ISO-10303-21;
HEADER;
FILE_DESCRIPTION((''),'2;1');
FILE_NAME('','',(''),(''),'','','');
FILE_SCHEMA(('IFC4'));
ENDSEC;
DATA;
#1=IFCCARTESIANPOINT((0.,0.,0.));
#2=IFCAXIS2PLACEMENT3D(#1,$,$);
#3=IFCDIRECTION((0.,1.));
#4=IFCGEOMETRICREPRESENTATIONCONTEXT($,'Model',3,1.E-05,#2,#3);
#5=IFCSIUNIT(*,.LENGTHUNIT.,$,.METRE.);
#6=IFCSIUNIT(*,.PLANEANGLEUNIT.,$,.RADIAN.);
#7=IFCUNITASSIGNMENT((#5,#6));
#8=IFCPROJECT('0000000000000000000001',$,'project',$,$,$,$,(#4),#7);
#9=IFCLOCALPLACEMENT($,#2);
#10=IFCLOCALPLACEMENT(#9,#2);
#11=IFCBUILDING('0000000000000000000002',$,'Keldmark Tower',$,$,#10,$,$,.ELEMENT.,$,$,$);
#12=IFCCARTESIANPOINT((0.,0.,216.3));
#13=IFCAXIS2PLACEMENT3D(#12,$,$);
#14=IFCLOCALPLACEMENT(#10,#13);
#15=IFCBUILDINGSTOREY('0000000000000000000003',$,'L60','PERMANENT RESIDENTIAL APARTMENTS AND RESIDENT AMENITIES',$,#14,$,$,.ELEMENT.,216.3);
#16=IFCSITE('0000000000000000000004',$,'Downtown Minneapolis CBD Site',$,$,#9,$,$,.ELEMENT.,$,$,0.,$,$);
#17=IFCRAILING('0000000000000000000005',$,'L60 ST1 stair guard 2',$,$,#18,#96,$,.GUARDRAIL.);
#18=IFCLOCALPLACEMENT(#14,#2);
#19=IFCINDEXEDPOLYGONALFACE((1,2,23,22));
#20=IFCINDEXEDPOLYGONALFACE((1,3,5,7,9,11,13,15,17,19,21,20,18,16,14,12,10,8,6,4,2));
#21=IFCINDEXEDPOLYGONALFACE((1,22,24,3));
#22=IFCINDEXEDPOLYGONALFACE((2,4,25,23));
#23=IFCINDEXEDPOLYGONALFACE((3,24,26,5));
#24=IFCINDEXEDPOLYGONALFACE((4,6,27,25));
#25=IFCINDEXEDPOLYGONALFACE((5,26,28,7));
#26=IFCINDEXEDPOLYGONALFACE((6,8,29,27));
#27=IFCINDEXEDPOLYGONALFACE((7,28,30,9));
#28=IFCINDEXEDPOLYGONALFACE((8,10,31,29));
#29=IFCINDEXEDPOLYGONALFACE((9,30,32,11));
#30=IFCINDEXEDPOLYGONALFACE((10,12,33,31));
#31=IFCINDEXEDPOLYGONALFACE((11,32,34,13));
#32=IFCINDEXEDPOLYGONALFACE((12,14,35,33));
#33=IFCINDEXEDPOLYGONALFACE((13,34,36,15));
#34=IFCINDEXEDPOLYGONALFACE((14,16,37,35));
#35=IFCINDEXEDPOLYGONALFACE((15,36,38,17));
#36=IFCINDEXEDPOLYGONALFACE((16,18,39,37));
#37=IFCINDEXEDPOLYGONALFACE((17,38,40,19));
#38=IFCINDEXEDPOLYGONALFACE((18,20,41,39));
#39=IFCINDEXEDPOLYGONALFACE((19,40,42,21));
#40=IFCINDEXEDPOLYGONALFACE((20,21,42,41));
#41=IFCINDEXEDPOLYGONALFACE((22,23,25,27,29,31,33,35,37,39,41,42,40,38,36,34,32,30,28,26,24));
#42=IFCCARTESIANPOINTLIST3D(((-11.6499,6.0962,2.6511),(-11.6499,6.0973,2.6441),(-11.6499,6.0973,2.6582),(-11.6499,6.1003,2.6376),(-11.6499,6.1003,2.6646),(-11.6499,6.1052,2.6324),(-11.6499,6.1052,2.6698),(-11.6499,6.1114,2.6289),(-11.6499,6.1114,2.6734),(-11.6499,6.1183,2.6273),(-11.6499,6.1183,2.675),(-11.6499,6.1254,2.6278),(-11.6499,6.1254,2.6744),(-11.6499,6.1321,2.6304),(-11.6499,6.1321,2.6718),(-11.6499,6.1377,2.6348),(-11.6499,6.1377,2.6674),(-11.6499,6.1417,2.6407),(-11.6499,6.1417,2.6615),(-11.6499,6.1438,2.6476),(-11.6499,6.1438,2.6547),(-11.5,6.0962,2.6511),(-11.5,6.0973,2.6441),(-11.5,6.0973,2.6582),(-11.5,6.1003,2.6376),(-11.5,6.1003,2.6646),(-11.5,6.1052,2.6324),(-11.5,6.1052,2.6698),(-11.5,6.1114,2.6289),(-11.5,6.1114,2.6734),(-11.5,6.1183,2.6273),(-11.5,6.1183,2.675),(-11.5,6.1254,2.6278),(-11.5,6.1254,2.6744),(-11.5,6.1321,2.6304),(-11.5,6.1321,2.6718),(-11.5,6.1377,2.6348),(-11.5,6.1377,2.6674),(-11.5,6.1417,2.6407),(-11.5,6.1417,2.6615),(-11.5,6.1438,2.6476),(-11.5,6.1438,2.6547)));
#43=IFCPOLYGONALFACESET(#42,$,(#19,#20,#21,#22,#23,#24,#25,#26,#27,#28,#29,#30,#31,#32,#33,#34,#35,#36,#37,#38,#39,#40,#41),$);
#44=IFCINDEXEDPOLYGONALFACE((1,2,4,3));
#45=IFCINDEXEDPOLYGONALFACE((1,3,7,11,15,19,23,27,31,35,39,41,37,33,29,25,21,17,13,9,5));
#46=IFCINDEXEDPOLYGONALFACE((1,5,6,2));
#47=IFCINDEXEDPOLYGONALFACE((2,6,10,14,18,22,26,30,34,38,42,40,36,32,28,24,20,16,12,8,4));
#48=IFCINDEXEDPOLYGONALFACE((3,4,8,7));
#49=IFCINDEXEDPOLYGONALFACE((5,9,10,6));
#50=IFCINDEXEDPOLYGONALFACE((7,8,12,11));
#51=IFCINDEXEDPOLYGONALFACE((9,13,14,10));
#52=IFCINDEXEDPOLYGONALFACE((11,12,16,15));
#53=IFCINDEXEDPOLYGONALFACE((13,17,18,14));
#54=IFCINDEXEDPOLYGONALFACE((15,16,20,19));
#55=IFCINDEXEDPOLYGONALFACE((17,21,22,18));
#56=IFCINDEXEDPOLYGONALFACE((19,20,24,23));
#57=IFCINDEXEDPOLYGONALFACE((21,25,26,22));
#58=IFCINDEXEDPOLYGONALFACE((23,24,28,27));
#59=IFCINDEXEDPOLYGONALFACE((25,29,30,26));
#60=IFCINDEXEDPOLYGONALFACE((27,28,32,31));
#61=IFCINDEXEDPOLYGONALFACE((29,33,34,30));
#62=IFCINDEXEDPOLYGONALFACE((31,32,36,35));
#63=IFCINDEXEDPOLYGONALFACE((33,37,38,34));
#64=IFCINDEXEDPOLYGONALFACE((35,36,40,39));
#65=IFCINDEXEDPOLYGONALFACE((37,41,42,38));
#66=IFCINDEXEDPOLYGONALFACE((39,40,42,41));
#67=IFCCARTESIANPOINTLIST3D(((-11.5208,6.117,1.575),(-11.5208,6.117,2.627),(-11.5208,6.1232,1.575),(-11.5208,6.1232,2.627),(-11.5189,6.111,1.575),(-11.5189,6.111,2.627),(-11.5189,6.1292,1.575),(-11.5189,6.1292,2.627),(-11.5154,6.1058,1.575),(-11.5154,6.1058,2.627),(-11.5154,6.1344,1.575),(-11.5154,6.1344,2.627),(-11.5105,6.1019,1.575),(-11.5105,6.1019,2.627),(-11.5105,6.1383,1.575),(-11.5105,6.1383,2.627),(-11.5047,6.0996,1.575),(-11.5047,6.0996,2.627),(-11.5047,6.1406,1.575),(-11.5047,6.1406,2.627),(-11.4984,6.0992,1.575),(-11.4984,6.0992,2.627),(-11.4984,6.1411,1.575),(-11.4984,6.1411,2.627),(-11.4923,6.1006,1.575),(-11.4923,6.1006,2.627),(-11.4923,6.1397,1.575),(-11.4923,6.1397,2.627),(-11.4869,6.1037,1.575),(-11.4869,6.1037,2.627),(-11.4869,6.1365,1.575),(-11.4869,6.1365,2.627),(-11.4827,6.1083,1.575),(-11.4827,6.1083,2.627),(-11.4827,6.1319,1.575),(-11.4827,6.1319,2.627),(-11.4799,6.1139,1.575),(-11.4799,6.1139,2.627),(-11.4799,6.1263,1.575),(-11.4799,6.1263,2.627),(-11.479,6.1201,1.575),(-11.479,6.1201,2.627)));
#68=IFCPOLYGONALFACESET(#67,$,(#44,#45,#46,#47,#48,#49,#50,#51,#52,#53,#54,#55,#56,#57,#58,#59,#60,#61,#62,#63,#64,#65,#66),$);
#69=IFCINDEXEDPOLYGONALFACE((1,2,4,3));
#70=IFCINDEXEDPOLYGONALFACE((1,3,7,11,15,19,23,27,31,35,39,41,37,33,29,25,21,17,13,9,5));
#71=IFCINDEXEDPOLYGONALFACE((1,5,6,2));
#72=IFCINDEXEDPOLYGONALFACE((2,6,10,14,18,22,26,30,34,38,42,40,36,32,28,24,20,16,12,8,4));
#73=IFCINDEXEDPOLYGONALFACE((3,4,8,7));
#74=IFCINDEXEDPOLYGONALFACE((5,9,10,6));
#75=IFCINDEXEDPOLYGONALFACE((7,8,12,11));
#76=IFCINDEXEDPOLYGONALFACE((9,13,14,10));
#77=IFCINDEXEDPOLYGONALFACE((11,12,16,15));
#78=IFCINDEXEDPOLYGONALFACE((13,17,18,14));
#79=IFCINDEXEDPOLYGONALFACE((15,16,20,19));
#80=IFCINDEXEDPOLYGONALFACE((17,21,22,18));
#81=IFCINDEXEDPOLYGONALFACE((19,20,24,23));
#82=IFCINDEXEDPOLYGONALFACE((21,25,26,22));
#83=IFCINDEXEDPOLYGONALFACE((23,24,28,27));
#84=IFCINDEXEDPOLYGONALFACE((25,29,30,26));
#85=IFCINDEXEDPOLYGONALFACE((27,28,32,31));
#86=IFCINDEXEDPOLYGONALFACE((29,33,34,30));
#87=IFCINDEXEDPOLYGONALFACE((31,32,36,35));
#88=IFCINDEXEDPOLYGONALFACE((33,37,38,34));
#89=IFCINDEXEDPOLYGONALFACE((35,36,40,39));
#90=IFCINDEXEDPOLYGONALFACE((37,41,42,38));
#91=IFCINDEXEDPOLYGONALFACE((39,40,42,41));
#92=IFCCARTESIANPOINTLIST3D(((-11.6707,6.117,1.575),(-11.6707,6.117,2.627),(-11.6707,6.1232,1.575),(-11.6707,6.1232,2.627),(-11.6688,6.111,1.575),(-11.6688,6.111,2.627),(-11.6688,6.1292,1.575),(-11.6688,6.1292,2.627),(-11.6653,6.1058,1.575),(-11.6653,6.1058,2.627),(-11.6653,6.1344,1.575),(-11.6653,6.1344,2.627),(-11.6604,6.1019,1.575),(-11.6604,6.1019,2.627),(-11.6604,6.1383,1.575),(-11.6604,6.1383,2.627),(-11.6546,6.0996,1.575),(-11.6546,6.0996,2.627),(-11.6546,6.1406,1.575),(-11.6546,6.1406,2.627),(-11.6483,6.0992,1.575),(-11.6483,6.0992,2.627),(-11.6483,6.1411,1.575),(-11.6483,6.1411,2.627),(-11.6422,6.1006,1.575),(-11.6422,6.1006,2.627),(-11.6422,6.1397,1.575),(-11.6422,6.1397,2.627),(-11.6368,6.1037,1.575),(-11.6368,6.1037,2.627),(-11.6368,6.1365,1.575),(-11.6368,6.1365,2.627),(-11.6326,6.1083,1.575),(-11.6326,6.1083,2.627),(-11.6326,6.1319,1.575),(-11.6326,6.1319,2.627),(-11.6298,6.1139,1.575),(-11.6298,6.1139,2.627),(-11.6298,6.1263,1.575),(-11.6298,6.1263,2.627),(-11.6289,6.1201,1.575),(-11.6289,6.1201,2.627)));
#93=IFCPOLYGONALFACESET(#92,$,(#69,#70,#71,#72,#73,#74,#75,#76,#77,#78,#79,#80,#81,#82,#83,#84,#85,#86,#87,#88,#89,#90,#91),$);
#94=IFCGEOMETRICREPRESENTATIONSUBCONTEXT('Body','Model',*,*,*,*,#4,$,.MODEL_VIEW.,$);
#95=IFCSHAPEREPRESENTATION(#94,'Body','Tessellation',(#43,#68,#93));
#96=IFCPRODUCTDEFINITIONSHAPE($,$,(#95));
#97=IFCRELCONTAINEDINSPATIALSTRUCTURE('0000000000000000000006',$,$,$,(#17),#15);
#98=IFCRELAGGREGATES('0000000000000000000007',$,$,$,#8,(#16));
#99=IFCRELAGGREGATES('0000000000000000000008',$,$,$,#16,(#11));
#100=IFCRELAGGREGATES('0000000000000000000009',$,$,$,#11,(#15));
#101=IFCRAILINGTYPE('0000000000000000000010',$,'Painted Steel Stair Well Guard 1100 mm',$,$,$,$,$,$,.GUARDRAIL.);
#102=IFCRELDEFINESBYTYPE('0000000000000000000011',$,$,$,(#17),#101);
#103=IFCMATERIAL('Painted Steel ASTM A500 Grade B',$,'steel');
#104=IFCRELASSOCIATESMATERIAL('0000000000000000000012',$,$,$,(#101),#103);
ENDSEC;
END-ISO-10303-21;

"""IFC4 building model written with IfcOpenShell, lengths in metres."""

from ifc_helpers import new_model, si_unit, direction, frame, origin, origin_2d, place, context, subcontext, project, spatial, circle, extrude, material, type_object, element, save


model = new_model("IFC4")

# Units and contexts
model_context = context("Model", 3, precision=1e-05, world=origin(), true_north=direction((0.0, 1.0)))
body_context = subcontext(model_context, "Body", "Model", "MODEL_VIEW")
ifc_project = project(units=[si_unit("LENGTHUNIT", "METRE"), si_unit("PLANEANGLEUNIT", "RADIAN")], contexts=[model_context])

# Site, building, storey
site_placement = place(None, origin())
site = spatial("IfcSite", under=ifc_project, at=site_placement, Name="Downtown Minneapolis CBD Site", CompositionType="ELEMENT", RefElevation=0.0)
building_placement = place(site_placement, origin())
building = spatial("IfcBuilding", under=site, at=building_placement, Name="Keldmark Tower", CompositionType="ELEMENT")
storey_placement = place(building_placement, frame((0.0, 0.0, 216.3)))
storey = spatial("IfcBuildingStorey", under=building, at=storey_placement, Name="L60", Description="PERMANENT RESIDENTIAL APARTMENTS AND RESIDENT AMENITIES", CompositionType="ELEMENT", Elevation=216.3)

# Railing
ifc_material_1 = material(Name="Painted Steel ASTM A500 Grade B", Category="steel")
railing_type_1 = type_object("IfcRailingType", Name="Painted Steel Stair Well Guard 1100 mm", PredefinedType="GUARDRAIL", material=ifc_material_1)
railing_1_placement = place(storey_placement, frame((-11.5, 6.1201, 1.575)))
element("IfcRailing", 1, at=railing_1_placement, inside=storey, type_object=railing_type_1, Name="L60 ST1 stair guard 2", PredefinedType="GUARDRAIL", context=body_context, shape_type="SweptSolid", body=[
    extrude(circle(Radius=0.0239, at=origin_2d()), frame((0.0, 0.0, 1.0762), z_axis=(-1.0, 0.0, 0.0), x_axis=(0.0, -1.0, 0.0)), (0.0, 0.0, 1.0), 0.1499),
    extrude(circle(Radius=0.021, at=origin_2d()), origin(), (0.0, 0.0, 1.0), 1.052),
    extrude(circle(Radius=0.021, at=origin_2d()), frame((-0.1499, 0.0, 0.0)), (0.0, 0.0, 1.0), 1.052),
])

save(model, "model.ifc")
